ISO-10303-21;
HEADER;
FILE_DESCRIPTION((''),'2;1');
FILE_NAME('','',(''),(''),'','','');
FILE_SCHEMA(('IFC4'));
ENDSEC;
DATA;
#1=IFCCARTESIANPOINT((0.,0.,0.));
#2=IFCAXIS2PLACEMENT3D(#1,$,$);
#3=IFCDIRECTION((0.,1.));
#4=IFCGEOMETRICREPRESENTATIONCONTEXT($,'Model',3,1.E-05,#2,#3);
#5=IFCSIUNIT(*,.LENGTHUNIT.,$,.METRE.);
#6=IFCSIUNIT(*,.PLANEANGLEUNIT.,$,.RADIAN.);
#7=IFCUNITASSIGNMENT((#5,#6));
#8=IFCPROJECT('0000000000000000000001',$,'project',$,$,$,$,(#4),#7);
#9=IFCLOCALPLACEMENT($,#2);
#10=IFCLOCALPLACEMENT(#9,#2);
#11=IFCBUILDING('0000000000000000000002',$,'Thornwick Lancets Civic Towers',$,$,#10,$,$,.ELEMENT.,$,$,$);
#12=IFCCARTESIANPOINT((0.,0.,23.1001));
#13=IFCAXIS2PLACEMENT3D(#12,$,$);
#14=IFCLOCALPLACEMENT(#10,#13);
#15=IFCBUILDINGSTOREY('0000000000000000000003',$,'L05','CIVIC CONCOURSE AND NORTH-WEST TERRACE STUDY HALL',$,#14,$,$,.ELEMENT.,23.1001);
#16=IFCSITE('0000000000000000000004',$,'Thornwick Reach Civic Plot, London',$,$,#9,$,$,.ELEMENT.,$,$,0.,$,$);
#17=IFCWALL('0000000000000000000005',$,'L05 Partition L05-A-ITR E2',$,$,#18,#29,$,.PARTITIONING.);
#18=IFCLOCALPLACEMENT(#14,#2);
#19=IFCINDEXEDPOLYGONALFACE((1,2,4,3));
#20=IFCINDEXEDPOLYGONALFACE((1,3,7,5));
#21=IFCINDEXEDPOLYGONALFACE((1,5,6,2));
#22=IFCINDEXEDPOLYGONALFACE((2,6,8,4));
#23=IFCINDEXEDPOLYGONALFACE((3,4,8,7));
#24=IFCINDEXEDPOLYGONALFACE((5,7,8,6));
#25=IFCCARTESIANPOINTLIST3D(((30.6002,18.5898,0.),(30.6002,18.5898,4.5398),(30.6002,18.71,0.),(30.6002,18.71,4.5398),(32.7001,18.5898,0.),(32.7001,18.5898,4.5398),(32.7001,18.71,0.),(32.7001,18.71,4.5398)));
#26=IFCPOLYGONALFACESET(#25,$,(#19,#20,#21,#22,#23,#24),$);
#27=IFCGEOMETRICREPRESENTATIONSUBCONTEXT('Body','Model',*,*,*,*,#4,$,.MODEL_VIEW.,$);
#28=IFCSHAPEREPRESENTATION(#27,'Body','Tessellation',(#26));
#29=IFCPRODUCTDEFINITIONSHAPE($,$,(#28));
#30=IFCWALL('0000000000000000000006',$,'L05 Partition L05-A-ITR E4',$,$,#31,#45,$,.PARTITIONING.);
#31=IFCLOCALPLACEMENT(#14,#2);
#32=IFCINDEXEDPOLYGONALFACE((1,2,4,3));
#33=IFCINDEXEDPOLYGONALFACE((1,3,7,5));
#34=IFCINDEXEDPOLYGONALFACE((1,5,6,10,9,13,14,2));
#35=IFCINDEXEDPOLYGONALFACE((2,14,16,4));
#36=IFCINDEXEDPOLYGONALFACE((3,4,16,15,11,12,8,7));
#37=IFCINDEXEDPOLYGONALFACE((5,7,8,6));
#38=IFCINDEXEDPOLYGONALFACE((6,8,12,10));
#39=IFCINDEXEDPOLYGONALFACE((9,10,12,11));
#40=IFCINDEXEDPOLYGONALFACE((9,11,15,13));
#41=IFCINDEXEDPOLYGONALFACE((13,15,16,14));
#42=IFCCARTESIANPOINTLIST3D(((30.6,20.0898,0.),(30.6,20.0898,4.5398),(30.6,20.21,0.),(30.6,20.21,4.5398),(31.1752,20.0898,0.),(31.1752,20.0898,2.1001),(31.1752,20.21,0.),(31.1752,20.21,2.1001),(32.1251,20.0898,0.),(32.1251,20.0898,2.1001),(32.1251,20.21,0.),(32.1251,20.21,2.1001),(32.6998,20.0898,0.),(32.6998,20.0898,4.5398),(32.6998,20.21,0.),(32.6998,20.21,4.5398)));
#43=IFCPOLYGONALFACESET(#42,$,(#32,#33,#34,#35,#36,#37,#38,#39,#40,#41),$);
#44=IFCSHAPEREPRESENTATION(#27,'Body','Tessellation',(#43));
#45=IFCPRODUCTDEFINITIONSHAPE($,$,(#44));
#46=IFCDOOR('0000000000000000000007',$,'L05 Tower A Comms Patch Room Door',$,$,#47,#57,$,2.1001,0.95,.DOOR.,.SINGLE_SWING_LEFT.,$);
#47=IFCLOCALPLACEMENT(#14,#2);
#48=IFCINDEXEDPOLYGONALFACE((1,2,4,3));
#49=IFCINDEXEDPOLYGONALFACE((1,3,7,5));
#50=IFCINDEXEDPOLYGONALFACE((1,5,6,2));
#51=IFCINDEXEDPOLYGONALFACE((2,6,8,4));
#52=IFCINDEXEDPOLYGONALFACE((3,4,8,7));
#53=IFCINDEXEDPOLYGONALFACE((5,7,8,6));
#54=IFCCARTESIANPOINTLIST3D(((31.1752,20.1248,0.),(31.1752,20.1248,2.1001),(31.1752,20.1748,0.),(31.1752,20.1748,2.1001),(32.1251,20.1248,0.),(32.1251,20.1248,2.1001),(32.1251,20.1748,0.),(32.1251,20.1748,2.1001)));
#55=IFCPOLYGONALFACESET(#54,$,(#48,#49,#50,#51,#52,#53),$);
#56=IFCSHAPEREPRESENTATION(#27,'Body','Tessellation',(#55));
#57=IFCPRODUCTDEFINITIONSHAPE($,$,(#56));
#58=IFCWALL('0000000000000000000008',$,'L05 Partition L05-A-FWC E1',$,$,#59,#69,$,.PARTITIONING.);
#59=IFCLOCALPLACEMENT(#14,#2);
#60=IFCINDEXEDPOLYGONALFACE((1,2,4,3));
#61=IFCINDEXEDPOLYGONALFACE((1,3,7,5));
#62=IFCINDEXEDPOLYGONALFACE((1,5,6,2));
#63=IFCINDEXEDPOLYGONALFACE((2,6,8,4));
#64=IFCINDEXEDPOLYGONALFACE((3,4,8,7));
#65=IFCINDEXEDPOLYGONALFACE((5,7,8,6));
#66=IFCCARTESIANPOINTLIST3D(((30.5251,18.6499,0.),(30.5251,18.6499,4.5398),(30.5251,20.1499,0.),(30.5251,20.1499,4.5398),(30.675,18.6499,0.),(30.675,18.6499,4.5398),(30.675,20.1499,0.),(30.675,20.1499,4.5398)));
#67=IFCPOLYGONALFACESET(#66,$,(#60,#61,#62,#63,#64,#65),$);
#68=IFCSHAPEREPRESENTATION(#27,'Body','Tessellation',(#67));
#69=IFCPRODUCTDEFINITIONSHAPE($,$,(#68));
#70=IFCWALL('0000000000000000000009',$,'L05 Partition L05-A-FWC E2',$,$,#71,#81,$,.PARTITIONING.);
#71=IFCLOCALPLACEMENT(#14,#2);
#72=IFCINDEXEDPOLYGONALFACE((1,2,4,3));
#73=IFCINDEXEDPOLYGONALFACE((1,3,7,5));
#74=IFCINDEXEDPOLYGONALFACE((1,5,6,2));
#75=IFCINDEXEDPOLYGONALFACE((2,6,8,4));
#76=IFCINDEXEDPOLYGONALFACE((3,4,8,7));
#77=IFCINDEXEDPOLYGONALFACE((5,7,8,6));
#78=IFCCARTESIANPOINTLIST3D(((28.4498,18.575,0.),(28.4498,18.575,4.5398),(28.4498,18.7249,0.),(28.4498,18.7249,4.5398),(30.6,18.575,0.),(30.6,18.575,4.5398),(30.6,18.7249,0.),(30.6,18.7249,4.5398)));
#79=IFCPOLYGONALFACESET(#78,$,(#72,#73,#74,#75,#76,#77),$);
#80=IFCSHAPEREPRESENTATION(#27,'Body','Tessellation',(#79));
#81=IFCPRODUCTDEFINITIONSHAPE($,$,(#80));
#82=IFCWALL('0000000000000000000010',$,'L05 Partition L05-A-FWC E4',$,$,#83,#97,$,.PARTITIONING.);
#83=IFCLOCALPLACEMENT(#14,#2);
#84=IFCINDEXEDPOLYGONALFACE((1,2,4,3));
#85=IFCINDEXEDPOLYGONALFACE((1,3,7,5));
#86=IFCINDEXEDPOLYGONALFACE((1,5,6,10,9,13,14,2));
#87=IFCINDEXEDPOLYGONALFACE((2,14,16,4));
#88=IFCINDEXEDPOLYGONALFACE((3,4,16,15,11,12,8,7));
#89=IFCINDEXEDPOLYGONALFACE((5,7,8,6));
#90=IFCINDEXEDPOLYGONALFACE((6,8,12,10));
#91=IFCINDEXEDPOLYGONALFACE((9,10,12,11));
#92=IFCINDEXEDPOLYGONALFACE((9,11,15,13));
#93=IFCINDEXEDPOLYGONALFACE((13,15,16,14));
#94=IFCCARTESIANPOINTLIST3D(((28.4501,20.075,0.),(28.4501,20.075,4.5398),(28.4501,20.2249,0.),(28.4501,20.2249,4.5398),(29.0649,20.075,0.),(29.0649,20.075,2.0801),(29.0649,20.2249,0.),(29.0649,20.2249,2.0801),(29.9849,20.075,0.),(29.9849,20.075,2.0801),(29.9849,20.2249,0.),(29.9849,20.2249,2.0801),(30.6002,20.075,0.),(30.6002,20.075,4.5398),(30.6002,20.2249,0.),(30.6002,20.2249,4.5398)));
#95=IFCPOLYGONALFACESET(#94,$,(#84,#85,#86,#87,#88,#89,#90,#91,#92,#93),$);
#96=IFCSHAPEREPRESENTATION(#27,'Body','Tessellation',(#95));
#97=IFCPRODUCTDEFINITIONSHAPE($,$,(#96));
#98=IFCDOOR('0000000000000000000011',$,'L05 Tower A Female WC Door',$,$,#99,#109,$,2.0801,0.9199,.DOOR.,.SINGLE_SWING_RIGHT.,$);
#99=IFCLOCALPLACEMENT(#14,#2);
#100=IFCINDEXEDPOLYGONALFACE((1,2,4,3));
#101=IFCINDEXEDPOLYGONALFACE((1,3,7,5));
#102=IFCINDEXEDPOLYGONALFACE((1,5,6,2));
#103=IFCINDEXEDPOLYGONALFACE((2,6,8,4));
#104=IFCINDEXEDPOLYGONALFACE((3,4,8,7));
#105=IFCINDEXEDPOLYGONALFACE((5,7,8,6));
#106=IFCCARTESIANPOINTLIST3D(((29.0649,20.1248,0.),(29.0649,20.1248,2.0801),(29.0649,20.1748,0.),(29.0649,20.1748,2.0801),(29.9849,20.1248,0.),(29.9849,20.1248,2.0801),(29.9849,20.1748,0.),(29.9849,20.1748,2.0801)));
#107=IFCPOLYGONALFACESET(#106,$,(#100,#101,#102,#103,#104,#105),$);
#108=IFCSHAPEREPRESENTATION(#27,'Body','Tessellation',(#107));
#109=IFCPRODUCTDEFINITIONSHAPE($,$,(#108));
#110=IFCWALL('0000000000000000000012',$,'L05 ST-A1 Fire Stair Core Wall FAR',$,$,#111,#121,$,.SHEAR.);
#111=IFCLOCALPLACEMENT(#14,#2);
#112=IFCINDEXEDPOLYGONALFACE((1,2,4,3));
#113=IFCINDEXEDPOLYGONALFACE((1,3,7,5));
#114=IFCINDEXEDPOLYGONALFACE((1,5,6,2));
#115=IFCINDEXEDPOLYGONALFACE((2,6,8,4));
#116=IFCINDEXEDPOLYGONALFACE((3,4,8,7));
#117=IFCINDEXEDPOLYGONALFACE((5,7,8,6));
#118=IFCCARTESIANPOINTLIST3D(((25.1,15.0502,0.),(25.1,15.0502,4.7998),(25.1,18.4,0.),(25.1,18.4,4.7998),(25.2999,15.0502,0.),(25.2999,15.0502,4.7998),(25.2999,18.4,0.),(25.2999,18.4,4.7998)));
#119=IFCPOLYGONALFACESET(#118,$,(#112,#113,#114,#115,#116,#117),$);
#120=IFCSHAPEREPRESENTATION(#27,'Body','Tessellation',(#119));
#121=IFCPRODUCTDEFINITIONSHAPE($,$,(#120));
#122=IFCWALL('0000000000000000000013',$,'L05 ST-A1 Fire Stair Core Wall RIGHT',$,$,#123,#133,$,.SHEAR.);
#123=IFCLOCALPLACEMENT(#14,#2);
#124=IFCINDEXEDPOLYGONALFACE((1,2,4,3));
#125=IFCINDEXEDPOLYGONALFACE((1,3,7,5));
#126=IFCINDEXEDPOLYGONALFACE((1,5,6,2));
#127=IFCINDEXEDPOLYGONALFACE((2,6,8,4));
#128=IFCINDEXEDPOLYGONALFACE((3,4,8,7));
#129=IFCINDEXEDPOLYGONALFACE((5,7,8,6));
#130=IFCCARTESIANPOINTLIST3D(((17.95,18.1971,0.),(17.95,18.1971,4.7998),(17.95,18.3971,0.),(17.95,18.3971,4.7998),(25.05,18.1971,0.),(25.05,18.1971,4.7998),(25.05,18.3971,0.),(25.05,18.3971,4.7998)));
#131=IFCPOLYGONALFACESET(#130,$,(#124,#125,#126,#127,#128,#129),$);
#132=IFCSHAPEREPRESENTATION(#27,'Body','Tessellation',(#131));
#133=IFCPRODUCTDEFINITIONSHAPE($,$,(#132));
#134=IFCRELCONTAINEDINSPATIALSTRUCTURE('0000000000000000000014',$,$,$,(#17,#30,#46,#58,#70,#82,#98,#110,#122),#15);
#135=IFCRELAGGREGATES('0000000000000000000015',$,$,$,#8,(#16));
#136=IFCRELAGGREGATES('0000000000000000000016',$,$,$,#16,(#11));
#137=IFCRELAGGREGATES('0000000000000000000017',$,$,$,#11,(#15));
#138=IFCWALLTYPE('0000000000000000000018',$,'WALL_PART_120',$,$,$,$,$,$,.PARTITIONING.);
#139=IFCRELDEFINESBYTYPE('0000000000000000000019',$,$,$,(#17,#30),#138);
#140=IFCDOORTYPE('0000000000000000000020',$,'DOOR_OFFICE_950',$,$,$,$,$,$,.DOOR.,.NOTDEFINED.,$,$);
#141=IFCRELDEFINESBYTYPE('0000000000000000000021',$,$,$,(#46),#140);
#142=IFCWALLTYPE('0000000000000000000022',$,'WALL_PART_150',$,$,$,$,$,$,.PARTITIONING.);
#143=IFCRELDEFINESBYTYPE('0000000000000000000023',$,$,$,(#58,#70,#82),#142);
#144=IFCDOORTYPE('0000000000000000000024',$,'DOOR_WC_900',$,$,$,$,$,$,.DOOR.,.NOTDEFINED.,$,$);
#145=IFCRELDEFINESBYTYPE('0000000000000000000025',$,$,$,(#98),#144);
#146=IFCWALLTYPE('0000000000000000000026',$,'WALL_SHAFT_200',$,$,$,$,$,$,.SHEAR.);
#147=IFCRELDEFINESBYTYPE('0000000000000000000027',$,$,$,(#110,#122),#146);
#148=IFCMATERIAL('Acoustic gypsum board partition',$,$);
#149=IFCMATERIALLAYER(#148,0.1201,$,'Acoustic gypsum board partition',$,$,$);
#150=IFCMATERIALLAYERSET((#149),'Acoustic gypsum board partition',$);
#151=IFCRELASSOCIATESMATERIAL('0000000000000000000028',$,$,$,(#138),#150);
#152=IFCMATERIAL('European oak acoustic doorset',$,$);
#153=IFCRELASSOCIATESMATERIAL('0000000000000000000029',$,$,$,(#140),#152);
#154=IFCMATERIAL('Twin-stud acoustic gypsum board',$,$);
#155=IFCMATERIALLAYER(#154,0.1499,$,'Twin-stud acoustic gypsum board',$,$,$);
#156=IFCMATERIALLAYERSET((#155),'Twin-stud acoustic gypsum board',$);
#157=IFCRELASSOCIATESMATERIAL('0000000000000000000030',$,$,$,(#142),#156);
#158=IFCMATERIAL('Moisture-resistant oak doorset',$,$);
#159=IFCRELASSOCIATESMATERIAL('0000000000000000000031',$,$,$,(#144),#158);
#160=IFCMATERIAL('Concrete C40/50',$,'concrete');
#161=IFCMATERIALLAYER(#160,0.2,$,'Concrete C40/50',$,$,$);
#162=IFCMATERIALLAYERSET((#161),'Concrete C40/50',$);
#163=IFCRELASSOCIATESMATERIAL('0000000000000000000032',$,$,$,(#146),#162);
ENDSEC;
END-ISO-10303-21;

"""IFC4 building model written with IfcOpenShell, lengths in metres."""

from ifc_helpers import new_model, si_unit, direction, frame, frame_2d, origin, place, context, subcontext, project, spatial, rectangle, extrude, material, layer, layer_set, type_object, element, fill, save


model = new_model("IFC4")

# Units and contexts
model_context = context("Model", 3, precision=1e-05, world=origin(), true_north=direction((0.0, 1.0)))
body_context = subcontext(model_context, "Body", "Model", "MODEL_VIEW")
ifc_project = project(units=[si_unit("LENGTHUNIT", "METRE"), si_unit("PLANEANGLEUNIT", "RADIAN")], contexts=[model_context])

# Site, building, storey
site_placement = place(None, origin())
site = spatial("IfcSite", under=ifc_project, at=site_placement, Name="Thornwick Reach Civic Plot, London", CompositionType="ELEMENT", RefElevation=0.0)
building_placement = place(site_placement, origin())
building = spatial("IfcBuilding", under=site, at=building_placement, Name="Thornwick Lancets Civic Towers", CompositionType="ELEMENT")
storey_placement = place(building_placement, frame((0.0, 0.0, 23.1001)))
storey = spatial("IfcBuildingStorey", under=building, at=storey_placement, Name="L05", Description="CIVIC CONCOURSE AND NORTH-WEST TERRACE STUDY HALL", CompositionType="ELEMENT", Elevation=23.1001)

# Wall
ifc_material_1 = material(Name="Acoustic gypsum board partition")
ifc_layer_1 = layer(ifc_material_1, 0.1201, Name="Acoustic gypsum board partition")
ifc_layer_set_1 = layer_set([ifc_layer_1], Name="Acoustic gypsum board partition")
wall_type_1 = type_object("IfcWallType", Name="WALL_PART_120", PredefinedType="PARTITIONING", material=ifc_layer_set_1)
wall_1_placement = place(storey_placement, frame((32.7, 18.6499, 0.0), z_axis=(0.0, 0.0, 1.0), x_axis=(-1.0, 0.0, 0.0)))
element("IfcWall", 1, at=wall_1_placement, inside=storey, type_object=wall_type_1, Name="L05 Partition L05-A-ITR E2", PredefinedType="PARTITIONING", context=body_context, shape_type="SweptSolid", body=[
    extrude(rectangle(XDim=2.0999, YDim=0.1201, at=frame_2d((1.0498, 0.0))), origin(), (0.0, 0.0, 1.0), 4.5398),
])

# Wall, opening, door
wall_2_placement = place(storey_placement, frame((30.6001, 20.1499, 0.0), z_axis=(0.0, 0.0, 1.0), x_axis=(1.0, 0.0, 0.0)))
wall_2 = element("IfcWall", 2, at=wall_2_placement, inside=storey, type_object=wall_type_1, Name="L05 Partition L05-A-ITR E4", PredefinedType="PARTITIONING", context=body_context, shape_type="SweptSolid", body=[
    extrude(rectangle(XDim=2.0999, YDim=0.1201, at=frame_2d((1.0498, 0.0))), origin(), (0.0, 0.0, 1.0), 4.5398),
])
opening_1_placement = place(wall_2_placement, frame((0.575, 0.0, 0.0)))
opening_1 = element("IfcOpeningElement", 3, at=opening_1_placement, cuts=wall_2, PredefinedType="OPENING", context=body_context, shape_type="SweptSolid", body=[
    extrude(rectangle(XDim=0.95, YDim=2.1001, at=frame_2d((0.4751, 1.05))), frame((0.0, 0.0701, 0.0), z_axis=(0.0, -1.0, 0.0), x_axis=(1.0, 0.0, 0.0)), (0.0, 0.0, 1.0), 0.1401),
])
ifc_material_2 = material(Name="European oak acoustic doorset")
door_type_1 = type_object("IfcDoorType", Name="DOOR_OFFICE_950", OperationType="NOTDEFINED", PredefinedType="DOOR", material=ifc_material_2)
door_1_placement = place(opening_1_placement, origin())
door_1 = element("IfcDoor", 4, at=door_1_placement, inside=storey, type_object=door_type_1, Name="L05 Tower A Comms Patch Room Door", OperationType="SINGLE_SWING_LEFT", OverallHeight=2.1001, OverallWidth=0.95, PredefinedType="DOOR", context=body_context, shape_type="SweptSolid", body=[
    extrude(rectangle(XDim=0.95, YDim=2.1001, at=frame_2d((0.4751, 1.05))), frame((0.0, 0.0249, 0.0), z_axis=(0.0, -1.0, 0.0), x_axis=(1.0, 0.0, 0.0)), (0.0, 0.0, 1.0), 0.05),
])
fill(opening_1, door_1)

# Walls
ifc_material_3 = material(Name="Twin-stud acoustic gypsum board")
ifc_layer_2 = layer(ifc_material_3, 0.1499, Name="Twin-stud acoustic gypsum board")
ifc_layer_set_2 = layer_set([ifc_layer_2], Name="Twin-stud acoustic gypsum board")
wall_type_2 = type_object("IfcWallType", Name="WALL_PART_150", PredefinedType="PARTITIONING", material=ifc_layer_set_2)
wall_3_placement = place(storey_placement, frame((30.6001, 20.1499, 0.0), z_axis=(0.0, 0.0, 1.0), x_axis=(0.0, -1.0, 0.0)))
element("IfcWall", 5, at=wall_3_placement, inside=storey, type_object=wall_type_2, Name="L05 Partition L05-A-FWC E1", PredefinedType="PARTITIONING", context=body_context, shape_type="SweptSolid", body=[
    extrude(rectangle(XDim=1.5, YDim=0.1499, at=frame_2d((0.75, 0.0))), origin(), (0.0, 0.0, 1.0), 4.5398),
])
wall_4_placement = place(storey_placement, frame((30.6001, 18.6499, 0.0), z_axis=(0.0, 0.0, 1.0), x_axis=(-1.0, 0.0, 0.0)))
element("IfcWall", 6, at=wall_4_placement, inside=storey, type_object=wall_type_2, Name="L05 Partition L05-A-FWC E2", PredefinedType="PARTITIONING", context=body_context, shape_type="SweptSolid", body=[
    extrude(rectangle(XDim=2.1501, YDim=0.1499, at=frame_2d((1.0752, 0.0))), origin(), (0.0, 0.0, 1.0), 4.5398),
])

# Wall, opening, door
wall_5_placement = place(storey_placement, frame((28.45, 20.1499, 0.0), z_axis=(0.0, 0.0, 1.0), x_axis=(1.0, 0.0, 0.0)))
wall_5 = element("IfcWall", 7, at=wall_5_placement, inside=storey, type_object=wall_type_2, Name="L05 Partition L05-A-FWC E4", PredefinedType="PARTITIONING", context=body_context, shape_type="SweptSolid", body=[
    extrude(rectangle(XDim=2.1501, YDim=0.1499, at=frame_2d((1.0752, 0.0))), origin(), (0.0, 0.0, 1.0), 4.5398),
])
opening_2_placement = place(wall_5_placement, frame((0.615, 0.0, 0.0)))
opening_2 = element("IfcOpeningElement", 8, at=opening_2_placement, cuts=wall_5, PredefinedType="OPENING", context=body_context, shape_type="SweptSolid", body=[
    extrude(rectangle(XDim=0.9199, YDim=2.0801, at=frame_2d((0.46, 1.04))), frame((0.0, 0.085, 0.0), z_axis=(0.0, -1.0, 0.0), x_axis=(1.0, 0.0, 0.0)), (0.0, 0.0, 1.0), 0.1699),
])
ifc_material_4 = material(Name="Moisture-resistant oak doorset")
door_type_2 = type_object("IfcDoorType", Name="DOOR_WC_900", OperationType="NOTDEFINED", PredefinedType="DOOR", material=ifc_material_4)
door_2_placement = place(opening_2_placement, origin())
door_2 = element("IfcDoor", 9, at=door_2_placement, inside=storey, type_object=door_type_2, Name="L05 Tower A Female WC Door", OperationType="SINGLE_SWING_RIGHT", OverallHeight=2.0801, OverallWidth=0.9199, PredefinedType="DOOR", context=body_context, shape_type="SweptSolid", body=[
    extrude(rectangle(XDim=0.9199, YDim=2.0801, at=frame_2d((0.46, 1.04))), frame((0.0, 0.0249, 0.0), z_axis=(0.0, -1.0, 0.0), x_axis=(1.0, 0.0, 0.0)), (0.0, 0.0, 1.0), 0.05),
])
fill(opening_2, door_2)

# Walls
ifc_material_5 = material(Name="Concrete C40/50", Category="concrete")
ifc_layer_3 = layer(ifc_material_5, 0.2, Name="Concrete C40/50")
ifc_layer_set_3 = layer_set([ifc_layer_3], Name="Concrete C40/50")
wall_type_3 = type_object("IfcWallType", Name="WALL_SHAFT_200", PredefinedType="SHEAR", material=ifc_layer_set_3)
wall_6_placement = place(storey_placement, frame((25.2, 18.3999, 0.0), z_axis=(0.0, 0.0, 1.0), x_axis=(0.0, -1.0, 0.0)))
element("IfcWall", 10, at=wall_6_placement, inside=storey, type_object=wall_type_3, Name="L05 ST-A1 Fire Stair Core Wall FAR", PredefinedType="SHEAR", context=body_context, shape_type="SweptSolid", body=[
    extrude(rectangle(XDim=3.3499, YDim=0.2, at=frame_2d((1.6748, 0.0))), origin(), (0.0, 0.0, 1.0), 4.7998),
])
wall_7_placement = place(storey_placement, frame((25.05, 18.2971, 0.0), z_axis=(0.0, 0.0, 1.0), x_axis=(-1.0, 0.0, 0.0)))
element("IfcWall", 11, at=wall_7_placement, inside=storey, type_object=wall_type_3, Name="L05 ST-A1 Fire Stair Core Wall RIGHT", PredefinedType="SHEAR", context=body_context, shape_type="SweptSolid", body=[
    extrude(rectangle(XDim=7.1001, YDim=0.2, at=frame_2d((3.55, 0.0))), origin(), (0.0, 0.0, 1.0), 4.7998),
])

save(model, "model.ifc")
